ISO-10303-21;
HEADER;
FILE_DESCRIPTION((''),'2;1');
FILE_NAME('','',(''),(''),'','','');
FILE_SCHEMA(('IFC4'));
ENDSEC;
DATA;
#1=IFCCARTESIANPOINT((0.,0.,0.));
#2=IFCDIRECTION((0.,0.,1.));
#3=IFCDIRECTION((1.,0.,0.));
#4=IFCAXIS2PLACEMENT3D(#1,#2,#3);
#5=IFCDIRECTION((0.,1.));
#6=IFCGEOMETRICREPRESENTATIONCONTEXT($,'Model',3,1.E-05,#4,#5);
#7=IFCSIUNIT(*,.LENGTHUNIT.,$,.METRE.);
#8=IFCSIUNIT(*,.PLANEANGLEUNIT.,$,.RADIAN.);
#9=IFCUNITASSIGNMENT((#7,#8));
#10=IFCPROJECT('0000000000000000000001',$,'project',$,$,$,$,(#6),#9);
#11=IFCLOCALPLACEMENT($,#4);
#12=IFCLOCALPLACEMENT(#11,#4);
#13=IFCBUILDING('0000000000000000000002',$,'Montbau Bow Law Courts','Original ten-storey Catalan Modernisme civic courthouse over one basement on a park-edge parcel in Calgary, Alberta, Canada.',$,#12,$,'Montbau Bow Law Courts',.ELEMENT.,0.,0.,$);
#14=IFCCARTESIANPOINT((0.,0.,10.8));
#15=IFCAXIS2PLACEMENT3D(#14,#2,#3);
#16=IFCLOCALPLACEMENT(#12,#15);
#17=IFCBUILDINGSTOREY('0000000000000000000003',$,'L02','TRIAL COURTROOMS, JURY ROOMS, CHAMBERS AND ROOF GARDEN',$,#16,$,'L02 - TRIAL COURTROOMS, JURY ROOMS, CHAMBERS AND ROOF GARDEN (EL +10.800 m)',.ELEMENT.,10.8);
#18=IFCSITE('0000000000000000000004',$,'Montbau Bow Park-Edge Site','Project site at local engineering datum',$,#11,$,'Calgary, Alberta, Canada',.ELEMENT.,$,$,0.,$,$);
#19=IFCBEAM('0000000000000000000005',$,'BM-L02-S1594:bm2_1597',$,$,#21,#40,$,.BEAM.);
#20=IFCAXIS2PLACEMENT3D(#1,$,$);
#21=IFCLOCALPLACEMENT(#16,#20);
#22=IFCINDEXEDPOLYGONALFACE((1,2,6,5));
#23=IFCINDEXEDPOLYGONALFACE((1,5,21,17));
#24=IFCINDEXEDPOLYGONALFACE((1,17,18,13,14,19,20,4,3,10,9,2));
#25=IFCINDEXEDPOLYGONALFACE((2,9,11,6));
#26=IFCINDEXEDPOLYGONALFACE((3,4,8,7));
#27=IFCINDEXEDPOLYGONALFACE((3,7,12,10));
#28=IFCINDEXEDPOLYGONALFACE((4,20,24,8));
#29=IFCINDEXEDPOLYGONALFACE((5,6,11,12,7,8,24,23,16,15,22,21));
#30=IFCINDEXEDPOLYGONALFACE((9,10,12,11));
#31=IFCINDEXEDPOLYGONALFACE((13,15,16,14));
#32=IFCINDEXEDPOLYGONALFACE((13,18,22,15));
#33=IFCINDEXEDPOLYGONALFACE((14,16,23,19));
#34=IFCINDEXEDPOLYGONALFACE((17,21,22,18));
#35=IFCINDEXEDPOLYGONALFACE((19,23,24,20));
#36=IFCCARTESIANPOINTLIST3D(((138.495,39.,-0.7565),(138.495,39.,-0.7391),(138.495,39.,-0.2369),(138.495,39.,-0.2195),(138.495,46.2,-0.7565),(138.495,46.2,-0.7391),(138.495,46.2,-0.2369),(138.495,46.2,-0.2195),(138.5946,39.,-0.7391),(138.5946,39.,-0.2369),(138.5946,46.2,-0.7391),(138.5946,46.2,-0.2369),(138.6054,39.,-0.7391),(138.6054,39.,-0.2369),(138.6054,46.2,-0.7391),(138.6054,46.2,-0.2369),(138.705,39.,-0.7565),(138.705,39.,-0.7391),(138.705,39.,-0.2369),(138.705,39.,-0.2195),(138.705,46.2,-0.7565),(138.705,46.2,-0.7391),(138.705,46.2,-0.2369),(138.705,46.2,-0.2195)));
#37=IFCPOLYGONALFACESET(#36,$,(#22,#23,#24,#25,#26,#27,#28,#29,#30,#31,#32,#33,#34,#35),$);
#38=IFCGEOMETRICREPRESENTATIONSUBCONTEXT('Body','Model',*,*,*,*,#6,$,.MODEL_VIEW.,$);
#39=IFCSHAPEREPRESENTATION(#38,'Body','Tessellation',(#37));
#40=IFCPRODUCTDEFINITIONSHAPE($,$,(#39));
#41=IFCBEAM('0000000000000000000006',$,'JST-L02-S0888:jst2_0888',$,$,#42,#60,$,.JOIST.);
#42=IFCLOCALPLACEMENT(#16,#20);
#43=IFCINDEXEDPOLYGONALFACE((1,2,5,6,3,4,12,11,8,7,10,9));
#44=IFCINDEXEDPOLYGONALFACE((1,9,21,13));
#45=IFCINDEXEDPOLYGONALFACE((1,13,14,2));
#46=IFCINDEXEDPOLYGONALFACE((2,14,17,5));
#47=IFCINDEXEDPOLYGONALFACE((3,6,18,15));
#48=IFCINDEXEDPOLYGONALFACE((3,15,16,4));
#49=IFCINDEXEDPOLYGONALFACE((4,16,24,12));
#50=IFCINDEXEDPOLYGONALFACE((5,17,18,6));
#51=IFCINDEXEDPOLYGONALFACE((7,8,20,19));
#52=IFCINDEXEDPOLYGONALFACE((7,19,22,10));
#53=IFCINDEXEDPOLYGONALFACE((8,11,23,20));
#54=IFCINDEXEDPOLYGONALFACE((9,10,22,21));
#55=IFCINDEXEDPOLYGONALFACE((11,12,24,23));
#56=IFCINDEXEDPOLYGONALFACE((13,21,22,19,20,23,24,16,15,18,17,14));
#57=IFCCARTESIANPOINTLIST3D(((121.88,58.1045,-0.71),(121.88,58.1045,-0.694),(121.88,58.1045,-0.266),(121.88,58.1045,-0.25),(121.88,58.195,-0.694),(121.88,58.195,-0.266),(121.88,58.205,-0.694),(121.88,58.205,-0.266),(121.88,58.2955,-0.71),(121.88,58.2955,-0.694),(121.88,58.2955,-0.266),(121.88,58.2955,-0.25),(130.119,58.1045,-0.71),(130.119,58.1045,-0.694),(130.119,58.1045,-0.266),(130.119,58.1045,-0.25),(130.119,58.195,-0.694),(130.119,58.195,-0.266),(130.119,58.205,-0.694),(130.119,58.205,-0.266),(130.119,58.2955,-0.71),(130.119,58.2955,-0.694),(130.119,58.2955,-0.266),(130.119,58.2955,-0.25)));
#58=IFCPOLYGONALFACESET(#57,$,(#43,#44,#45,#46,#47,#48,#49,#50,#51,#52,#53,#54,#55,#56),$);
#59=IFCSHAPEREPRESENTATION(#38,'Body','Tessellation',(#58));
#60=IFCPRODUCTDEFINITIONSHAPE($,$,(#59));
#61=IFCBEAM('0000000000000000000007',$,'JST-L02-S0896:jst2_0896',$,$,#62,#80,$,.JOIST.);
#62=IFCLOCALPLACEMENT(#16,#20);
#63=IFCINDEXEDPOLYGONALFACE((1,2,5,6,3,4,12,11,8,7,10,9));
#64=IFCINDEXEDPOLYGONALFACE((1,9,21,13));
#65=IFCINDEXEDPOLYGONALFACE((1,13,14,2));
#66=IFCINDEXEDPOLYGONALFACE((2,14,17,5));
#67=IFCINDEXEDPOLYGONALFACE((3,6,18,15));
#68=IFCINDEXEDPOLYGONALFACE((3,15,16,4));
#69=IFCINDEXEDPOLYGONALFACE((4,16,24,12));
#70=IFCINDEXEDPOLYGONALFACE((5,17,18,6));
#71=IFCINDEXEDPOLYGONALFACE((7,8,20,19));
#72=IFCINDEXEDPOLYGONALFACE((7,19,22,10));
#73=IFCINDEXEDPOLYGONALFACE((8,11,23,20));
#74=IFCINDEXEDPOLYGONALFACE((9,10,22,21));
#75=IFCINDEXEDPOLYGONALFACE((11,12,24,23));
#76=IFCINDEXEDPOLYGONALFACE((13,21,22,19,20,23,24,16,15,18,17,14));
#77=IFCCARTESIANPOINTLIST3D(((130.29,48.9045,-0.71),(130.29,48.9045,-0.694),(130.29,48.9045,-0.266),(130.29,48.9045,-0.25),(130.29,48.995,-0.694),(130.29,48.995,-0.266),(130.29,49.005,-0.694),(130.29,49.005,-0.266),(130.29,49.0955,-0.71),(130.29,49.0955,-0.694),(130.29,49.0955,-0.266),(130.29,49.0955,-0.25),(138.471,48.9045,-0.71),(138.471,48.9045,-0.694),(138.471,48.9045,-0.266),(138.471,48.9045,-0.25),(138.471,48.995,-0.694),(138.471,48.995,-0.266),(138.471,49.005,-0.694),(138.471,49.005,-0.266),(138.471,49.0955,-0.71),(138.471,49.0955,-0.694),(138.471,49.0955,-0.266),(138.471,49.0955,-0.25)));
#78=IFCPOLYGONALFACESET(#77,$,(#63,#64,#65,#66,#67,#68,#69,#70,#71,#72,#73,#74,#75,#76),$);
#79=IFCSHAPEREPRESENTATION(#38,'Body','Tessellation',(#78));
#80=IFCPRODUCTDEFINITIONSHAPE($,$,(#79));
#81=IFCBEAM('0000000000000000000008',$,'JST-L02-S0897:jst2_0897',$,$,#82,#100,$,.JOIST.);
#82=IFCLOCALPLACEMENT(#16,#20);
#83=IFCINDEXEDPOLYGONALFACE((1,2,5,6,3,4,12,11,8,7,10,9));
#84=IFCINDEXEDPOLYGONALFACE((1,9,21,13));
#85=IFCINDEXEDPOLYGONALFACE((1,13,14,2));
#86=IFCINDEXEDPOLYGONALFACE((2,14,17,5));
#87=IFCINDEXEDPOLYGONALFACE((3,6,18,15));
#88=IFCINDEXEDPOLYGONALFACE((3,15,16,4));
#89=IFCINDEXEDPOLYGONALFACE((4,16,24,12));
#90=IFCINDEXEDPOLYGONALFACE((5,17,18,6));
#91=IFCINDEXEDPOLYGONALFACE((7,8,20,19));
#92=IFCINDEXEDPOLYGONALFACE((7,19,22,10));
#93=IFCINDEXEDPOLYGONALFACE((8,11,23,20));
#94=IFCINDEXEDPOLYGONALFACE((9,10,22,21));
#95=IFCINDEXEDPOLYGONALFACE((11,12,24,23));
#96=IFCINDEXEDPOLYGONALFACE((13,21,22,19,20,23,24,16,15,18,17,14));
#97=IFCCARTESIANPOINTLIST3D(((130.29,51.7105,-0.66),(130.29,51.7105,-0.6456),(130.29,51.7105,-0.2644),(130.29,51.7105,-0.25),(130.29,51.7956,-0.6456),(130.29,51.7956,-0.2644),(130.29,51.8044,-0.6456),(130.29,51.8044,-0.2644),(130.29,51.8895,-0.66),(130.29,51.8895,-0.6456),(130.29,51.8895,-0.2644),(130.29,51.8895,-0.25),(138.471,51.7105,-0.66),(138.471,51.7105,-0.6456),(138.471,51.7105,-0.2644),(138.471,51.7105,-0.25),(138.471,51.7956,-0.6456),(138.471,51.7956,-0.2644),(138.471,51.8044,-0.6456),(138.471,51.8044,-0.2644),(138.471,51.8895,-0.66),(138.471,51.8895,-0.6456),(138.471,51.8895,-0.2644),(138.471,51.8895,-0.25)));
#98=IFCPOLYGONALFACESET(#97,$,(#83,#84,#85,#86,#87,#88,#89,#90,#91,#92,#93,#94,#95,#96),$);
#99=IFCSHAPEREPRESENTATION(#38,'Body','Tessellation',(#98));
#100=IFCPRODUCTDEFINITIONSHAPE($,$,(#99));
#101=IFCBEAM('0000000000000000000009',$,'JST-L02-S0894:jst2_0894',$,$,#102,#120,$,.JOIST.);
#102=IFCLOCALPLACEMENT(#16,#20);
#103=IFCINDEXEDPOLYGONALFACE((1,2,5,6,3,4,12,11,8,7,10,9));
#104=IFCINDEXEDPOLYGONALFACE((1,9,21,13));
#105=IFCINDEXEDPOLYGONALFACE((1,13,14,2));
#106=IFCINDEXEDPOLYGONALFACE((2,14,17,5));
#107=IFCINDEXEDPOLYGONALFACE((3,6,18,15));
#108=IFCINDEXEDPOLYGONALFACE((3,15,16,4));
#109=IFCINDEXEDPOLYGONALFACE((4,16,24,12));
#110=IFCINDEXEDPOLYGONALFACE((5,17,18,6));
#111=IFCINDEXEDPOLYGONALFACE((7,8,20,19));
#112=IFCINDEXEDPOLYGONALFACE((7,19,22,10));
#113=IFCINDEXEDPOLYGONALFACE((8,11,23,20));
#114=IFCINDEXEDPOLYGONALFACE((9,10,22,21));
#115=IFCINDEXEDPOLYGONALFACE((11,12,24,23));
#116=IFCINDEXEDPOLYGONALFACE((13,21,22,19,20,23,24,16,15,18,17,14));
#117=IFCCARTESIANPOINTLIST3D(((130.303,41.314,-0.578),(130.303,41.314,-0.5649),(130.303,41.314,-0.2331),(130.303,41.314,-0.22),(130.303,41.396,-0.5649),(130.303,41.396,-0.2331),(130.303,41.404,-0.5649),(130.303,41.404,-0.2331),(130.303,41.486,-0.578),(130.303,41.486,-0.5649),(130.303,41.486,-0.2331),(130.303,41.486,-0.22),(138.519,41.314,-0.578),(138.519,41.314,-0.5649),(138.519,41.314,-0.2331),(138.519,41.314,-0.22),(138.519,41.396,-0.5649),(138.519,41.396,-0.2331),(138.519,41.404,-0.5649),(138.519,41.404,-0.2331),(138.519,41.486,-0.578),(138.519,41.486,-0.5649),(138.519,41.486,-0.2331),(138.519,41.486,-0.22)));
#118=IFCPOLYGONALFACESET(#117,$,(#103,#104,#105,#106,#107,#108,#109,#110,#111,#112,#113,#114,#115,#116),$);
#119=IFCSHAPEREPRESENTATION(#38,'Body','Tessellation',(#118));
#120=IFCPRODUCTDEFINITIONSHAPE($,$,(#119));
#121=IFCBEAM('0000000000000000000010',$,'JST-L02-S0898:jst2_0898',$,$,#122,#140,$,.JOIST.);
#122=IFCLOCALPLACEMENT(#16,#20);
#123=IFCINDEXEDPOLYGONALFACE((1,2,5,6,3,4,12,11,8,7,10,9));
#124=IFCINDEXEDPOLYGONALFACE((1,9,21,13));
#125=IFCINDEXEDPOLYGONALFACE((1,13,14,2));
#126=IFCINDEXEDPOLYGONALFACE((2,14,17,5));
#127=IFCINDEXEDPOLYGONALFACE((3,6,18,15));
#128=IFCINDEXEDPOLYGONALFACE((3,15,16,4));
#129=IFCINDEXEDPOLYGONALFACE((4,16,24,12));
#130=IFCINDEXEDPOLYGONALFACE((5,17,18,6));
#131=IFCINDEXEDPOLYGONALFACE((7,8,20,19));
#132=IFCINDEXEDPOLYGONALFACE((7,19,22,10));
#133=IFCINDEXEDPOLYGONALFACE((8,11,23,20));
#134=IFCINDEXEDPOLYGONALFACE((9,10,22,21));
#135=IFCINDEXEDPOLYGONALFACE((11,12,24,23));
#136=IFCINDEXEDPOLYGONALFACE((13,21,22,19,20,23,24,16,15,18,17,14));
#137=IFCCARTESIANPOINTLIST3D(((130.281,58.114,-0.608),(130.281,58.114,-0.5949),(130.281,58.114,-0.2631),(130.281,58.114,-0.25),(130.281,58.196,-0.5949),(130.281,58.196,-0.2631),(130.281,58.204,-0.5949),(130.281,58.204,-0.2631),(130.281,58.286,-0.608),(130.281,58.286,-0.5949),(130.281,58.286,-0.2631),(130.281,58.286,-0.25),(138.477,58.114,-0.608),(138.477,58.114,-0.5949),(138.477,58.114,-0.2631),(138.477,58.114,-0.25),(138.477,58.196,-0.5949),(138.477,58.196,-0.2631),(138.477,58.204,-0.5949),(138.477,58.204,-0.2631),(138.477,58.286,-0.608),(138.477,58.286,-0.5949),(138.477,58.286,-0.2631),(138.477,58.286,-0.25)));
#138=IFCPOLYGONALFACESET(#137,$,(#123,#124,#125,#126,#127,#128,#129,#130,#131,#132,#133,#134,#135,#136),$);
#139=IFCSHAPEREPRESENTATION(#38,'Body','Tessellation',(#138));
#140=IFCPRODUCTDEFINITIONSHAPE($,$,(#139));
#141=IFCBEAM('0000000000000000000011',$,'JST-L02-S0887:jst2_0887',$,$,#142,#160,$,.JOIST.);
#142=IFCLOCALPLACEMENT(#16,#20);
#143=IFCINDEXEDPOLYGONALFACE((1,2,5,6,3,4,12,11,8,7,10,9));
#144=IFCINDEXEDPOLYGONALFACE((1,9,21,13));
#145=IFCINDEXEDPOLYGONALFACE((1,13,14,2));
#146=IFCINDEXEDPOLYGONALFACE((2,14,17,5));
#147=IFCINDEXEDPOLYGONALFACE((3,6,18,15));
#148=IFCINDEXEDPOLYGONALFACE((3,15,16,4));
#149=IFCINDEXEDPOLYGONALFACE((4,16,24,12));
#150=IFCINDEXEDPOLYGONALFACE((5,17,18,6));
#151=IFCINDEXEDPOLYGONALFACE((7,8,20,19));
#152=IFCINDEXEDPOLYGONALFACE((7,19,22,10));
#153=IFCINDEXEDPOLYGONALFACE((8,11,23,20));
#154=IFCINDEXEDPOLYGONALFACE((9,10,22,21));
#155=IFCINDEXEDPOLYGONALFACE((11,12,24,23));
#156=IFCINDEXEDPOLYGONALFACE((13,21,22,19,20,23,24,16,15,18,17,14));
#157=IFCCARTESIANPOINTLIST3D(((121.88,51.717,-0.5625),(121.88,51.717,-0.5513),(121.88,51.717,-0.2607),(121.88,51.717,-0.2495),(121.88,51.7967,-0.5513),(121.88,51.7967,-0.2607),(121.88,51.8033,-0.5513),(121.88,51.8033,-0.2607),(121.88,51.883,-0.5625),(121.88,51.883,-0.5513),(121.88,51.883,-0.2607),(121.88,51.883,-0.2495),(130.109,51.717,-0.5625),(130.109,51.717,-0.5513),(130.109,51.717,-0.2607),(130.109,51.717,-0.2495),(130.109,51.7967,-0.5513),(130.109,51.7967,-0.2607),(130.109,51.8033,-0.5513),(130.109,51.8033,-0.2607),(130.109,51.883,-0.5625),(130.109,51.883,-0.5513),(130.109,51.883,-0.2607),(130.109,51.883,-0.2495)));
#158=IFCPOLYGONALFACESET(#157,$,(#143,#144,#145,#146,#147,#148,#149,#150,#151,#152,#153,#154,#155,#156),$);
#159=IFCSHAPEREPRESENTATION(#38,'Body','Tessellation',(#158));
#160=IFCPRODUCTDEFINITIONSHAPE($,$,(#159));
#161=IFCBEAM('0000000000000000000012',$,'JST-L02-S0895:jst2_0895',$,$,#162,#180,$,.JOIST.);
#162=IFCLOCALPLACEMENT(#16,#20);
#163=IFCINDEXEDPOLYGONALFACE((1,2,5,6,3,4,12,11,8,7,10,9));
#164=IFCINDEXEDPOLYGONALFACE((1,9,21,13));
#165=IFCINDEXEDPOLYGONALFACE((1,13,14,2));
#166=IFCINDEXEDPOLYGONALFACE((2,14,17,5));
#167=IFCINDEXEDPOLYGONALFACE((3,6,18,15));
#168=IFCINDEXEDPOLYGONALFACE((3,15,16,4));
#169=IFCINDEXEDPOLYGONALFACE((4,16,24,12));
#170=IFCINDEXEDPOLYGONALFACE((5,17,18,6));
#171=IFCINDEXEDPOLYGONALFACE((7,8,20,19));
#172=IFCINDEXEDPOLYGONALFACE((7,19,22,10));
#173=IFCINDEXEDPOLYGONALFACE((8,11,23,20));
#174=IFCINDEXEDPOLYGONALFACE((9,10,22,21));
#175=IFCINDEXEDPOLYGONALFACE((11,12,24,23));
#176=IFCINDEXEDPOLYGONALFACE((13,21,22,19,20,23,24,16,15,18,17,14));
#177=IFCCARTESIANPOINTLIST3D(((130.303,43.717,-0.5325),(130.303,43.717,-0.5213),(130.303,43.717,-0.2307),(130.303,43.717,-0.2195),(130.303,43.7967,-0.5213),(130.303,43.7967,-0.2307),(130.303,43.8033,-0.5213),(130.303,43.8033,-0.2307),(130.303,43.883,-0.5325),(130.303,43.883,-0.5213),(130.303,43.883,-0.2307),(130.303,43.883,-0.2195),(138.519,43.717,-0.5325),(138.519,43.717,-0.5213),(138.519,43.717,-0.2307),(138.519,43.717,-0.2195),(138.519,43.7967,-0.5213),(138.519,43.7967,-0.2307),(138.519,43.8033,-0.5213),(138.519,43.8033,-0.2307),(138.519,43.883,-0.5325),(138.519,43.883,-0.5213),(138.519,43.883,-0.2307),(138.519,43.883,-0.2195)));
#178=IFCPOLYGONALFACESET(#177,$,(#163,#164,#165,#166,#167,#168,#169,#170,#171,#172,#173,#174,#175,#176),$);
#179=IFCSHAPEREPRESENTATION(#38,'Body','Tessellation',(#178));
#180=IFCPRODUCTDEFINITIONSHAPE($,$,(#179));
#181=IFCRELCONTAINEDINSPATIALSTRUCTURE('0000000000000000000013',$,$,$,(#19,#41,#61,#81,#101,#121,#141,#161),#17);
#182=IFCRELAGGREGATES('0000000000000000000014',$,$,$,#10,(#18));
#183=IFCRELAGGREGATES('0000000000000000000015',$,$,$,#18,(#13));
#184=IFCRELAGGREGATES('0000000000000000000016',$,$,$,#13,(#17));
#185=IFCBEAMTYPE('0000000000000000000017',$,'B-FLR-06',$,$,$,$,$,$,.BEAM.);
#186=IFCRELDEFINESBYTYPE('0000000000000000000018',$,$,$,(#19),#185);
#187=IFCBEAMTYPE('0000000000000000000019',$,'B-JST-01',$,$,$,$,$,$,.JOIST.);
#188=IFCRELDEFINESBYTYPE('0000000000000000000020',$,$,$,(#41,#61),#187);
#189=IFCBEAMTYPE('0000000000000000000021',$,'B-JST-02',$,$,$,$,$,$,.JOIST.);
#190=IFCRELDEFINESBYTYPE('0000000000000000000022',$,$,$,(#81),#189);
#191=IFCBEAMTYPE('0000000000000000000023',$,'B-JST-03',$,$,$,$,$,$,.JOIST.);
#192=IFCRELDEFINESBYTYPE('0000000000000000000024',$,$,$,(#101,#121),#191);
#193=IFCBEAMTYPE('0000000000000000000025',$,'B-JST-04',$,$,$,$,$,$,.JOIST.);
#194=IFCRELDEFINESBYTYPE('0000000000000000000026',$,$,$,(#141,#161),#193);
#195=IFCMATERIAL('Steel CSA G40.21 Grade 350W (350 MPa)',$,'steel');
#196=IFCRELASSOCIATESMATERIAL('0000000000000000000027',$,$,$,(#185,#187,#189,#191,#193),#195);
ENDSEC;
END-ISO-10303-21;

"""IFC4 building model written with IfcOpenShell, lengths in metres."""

from ifc_helpers import new_model, si_unit, direction, frame, origin_with_axes, origin_2d_with_axis, place, context, subcontext, project, spatial, i_section, extrude, material, material_profile, profile_set, type_object, element, save


model = new_model("IFC4")

# Units and contexts
model_context = context("Model", 3, precision=1e-05, world=origin_with_axes(), true_north=direction((0.0, 1.0)))
body_context = subcontext(model_context, "Body", "Model", "MODEL_VIEW")
ifc_project = project(units=[si_unit("LENGTHUNIT", "METRE"), si_unit("PLANEANGLEUNIT", "RADIAN")], contexts=[model_context])

# Site, building, storey
site_placement = place(None, origin_with_axes())
site = spatial("IfcSite", under=ifc_project, at=site_placement, Name="Montbau Bow Park-Edge Site", Description="Project site at local engineering datum", LongName="Calgary, Alberta, Canada", CompositionType="ELEMENT", RefElevation=0.0)
building_placement = place(site_placement, origin_with_axes())
building = spatial("IfcBuilding", under=site, at=building_placement, Name="Montbau Bow Law Courts", Description="Original ten-storey Catalan Modernisme civic courthouse over one basement on a park-edge parcel in Calgary, Alberta, Canada.", LongName="Montbau Bow Law Courts", CompositionType="ELEMENT", ElevationOfRefHeight=0.0, ElevationOfTerrain=0.0)
storey_placement = place(building_placement, frame((0.0, 0.0, 10.8), z_axis=(0.0, 0.0, 1.0), x_axis=(1.0, 0.0, 0.0)))
storey = spatial("IfcBuildingStorey", under=building, at=storey_placement, Name="L02", Description="TRIAL COURTROOMS, JURY ROOMS, CHAMBERS AND ROOF GARDEN", LongName="L02 - TRIAL COURTROOMS, JURY ROOMS, CHAMBERS AND ROOF GARDEN (EL +10.800 m)", CompositionType="ELEMENT", Elevation=10.8)

# Shared definitions
ifc_material_1 = material(Name="Steel CSA G40.21 Grade 350W (350 MPa)", Category="steel")

# Beams
ifc_material_profile_1 = material_profile(ifc_material_1, i_section(OverallWidth=0.21, OverallDepth=0.537, WebThickness=0.0109, FlangeThickness=0.0174, at=origin_2d_with_axis()), Name="W530X101", Category="Main", Priority=0)
ifc_profile_set_1 = profile_set([ifc_material_profile_1], Name="Steel CSA G40.21 Grade 350W (350 MPa)")
beam_type_1 = type_object("IfcBeamType", Name="B-FLR-06", PredefinedType="BEAM", material=ifc_profile_set_1)
for number, where, z_axis, x_axis, name in (
    (1, (138.6, 39.0, 10.312), (0.0, 1.0, 0.0), (-1.0, 0.0, 0.0), "BM-L02-S1594:bm2_1597"),
):
    element("IfcBeam", number, at=place(None, frame(where, z_axis=z_axis, x_axis=x_axis)), inside=storey, type_object=beam_type_1, Name=name, PredefinedType="BEAM", context=body_context, shape_type="SweptSolid", body=[
        extrude(i_section(OverallWidth=0.21, OverallDepth=0.537, WebThickness=0.0109, FlangeThickness=0.0174, at=origin_2d_with_axis()), origin_with_axes(), (0.0, 0.0, 1.0), 7.2),
    ])
ifc_material_profile_2 = material_profile(ifc_material_1, i_section(OverallWidth=0.191, OverallDepth=0.46, WebThickness=0.0099, FlangeThickness=0.016, at=origin_2d_with_axis()), Name="W460X82", Category="Main", Priority=0)
ifc_profile_set_2 = profile_set([ifc_material_profile_2], Name="Steel CSA G40.21 Grade 350W (350 MPa)")
beam_type_2 = type_object("IfcBeamType", Name="B-JST-01", PredefinedType="JOIST", material=ifc_profile_set_2)
beam_1_placement = place(None, frame((121.88, 58.2, 10.32), z_axis=(1.0, 0.0, 0.0), x_axis=(0.0, 1.0, 0.0)))
element("IfcBeam", 2, at=beam_1_placement, inside=storey, type_object=beam_type_2, Name="JST-L02-S0888:jst2_0888", PredefinedType="JOIST", context=body_context, shape_type="SweptSolid", body=[
    extrude(i_section(OverallWidth=0.191, OverallDepth=0.46, WebThickness=0.0099, FlangeThickness=0.016, at=origin_2d_with_axis()), origin_with_axes(), (0.0, 0.0, 1.0), 8.239),
])
beam_2_placement = place(None, frame((130.29, 49.0, 10.32), z_axis=(1.0, 0.0, 0.0), x_axis=(0.0, 1.0, 0.0)))
element("IfcBeam", 3, at=beam_2_placement, inside=storey, type_object=beam_type_2, Name="JST-L02-S0896:jst2_0896", PredefinedType="JOIST", context=body_context, shape_type="SweptSolid", body=[
    extrude(i_section(OverallWidth=0.191, OverallDepth=0.46, WebThickness=0.0099, FlangeThickness=0.016, at=origin_2d_with_axis()), origin_with_axes(), (0.0, 0.0, 1.0), 8.181),
])
ifc_material_profile_3 = material_profile(ifc_material_1, i_section(OverallWidth=0.179, OverallDepth=0.41, WebThickness=0.0088, FlangeThickness=0.0144, at=origin_2d_with_axis()), Name="W410X67", Category="Main", Priority=0)
ifc_profile_set_3 = profile_set([ifc_material_profile_3], Name="Steel CSA G40.21 Grade 350W (350 MPa)")
beam_type_3 = type_object("IfcBeamType", Name="B-JST-02", PredefinedType="JOIST", material=ifc_profile_set_3)
beam_3_placement = place(None, frame((130.29, 51.8, 10.345), z_axis=(1.0, 0.0, 0.0), x_axis=(0.0, 1.0, 0.0)))
element("IfcBeam", 4, at=beam_3_placement, inside=storey, type_object=beam_type_3, Name="JST-L02-S0897:jst2_0897", PredefinedType="JOIST", context=body_context, shape_type="SweptSolid", body=[
    extrude(i_section(OverallWidth=0.179, OverallDepth=0.41, WebThickness=0.0088, FlangeThickness=0.0144, at=origin_2d_with_axis()), origin_with_axes(), (0.0, 0.0, 1.0), 8.181),
])
ifc_material_profile_4 = material_profile(ifc_material_1, i_section(OverallWidth=0.172, OverallDepth=0.358, WebThickness=0.0079, FlangeThickness=0.0131, at=origin_2d_with_axis()), Name="W360X57", Category="Main", Priority=0)
ifc_profile_set_4 = profile_set([ifc_material_profile_4], Name="Steel CSA G40.21 Grade 350W (350 MPa)")
beam_type_4 = type_object("IfcBeamType", Name="B-JST-03", PredefinedType="JOIST", material=ifc_profile_set_4)
beam_4_placement = place(None, frame((130.303, 41.4, 10.401), z_axis=(1.0, 0.0, 0.0), x_axis=(0.0, 1.0, 0.0)))
element("IfcBeam", 5, at=beam_4_placement, inside=storey, type_object=beam_type_4, Name="JST-L02-S0894:jst2_0894", PredefinedType="JOIST", context=body_context, shape_type="SweptSolid", body=[
    extrude(i_section(OverallWidth=0.172, OverallDepth=0.358, WebThickness=0.0079, FlangeThickness=0.0131, at=origin_2d_with_axis()), origin_with_axes(), (0.0, 0.0, 1.0), 8.216),
])
beam_5_placement = place(None, frame((130.281, 58.2, 10.371), z_axis=(1.0, 0.0, 0.0), x_axis=(0.0, 1.0, 0.0)))
element("IfcBeam", 6, at=beam_5_placement, inside=storey, type_object=beam_type_4, Name="JST-L02-S0898:jst2_0898", PredefinedType="JOIST", context=body_context, shape_type="SweptSolid", body=[
    extrude(i_section(OverallWidth=0.172, OverallDepth=0.358, WebThickness=0.0079, FlangeThickness=0.0131, at=origin_2d_with_axis()), origin_with_axes(), (0.0, 0.0, 1.0), 8.196),
])
ifc_material_profile_5 = material_profile(ifc_material_1, i_section(OverallWidth=0.166, OverallDepth=0.313, WebThickness=0.0066, FlangeThickness=0.0112, at=origin_2d_with_axis()), Name="W310X45", Category="Main", Priority=0)
ifc_profile_set_5 = profile_set([ifc_material_profile_5], Name="Steel CSA G40.21 Grade 350W (350 MPa)")
beam_type_5 = type_object("IfcBeamType", Name="B-JST-04", PredefinedType="JOIST", material=ifc_profile_set_5)
beam_6_placement = place(None, frame((121.88, 51.8, 10.394), z_axis=(1.0, 0.0, 0.0), x_axis=(0.0, 1.0, 0.0)))
element("IfcBeam", 7, at=beam_6_placement, inside=storey, type_object=beam_type_5, Name="JST-L02-S0887:jst2_0887", PredefinedType="JOIST", context=body_context, shape_type="SweptSolid", body=[
    extrude(i_section(OverallWidth=0.166, OverallDepth=0.313, WebThickness=0.0066, FlangeThickness=0.0112, at=origin_2d_with_axis()), origin_with_axes(), (0.0, 0.0, 1.0), 8.229),
])
beam_7_placement = place(None, frame((130.303, 43.8, 10.424), z_axis=(1.0, 0.0, 0.0), x_axis=(0.0, 1.0, 0.0)))
element("IfcBeam", 8, at=beam_7_placement, inside=storey, type_object=beam_type_5, Name="JST-L02-S0895:jst2_0895", PredefinedType="JOIST", context=body_context, shape_type="SweptSolid", body=[
    extrude(i_section(OverallWidth=0.166, OverallDepth=0.313, WebThickness=0.0066, FlangeThickness=0.0112, at=origin_2d_with_axis()), origin_with_axes(), (0.0, 0.0, 1.0), 8.216),
])

save(model, "model.ifc")
